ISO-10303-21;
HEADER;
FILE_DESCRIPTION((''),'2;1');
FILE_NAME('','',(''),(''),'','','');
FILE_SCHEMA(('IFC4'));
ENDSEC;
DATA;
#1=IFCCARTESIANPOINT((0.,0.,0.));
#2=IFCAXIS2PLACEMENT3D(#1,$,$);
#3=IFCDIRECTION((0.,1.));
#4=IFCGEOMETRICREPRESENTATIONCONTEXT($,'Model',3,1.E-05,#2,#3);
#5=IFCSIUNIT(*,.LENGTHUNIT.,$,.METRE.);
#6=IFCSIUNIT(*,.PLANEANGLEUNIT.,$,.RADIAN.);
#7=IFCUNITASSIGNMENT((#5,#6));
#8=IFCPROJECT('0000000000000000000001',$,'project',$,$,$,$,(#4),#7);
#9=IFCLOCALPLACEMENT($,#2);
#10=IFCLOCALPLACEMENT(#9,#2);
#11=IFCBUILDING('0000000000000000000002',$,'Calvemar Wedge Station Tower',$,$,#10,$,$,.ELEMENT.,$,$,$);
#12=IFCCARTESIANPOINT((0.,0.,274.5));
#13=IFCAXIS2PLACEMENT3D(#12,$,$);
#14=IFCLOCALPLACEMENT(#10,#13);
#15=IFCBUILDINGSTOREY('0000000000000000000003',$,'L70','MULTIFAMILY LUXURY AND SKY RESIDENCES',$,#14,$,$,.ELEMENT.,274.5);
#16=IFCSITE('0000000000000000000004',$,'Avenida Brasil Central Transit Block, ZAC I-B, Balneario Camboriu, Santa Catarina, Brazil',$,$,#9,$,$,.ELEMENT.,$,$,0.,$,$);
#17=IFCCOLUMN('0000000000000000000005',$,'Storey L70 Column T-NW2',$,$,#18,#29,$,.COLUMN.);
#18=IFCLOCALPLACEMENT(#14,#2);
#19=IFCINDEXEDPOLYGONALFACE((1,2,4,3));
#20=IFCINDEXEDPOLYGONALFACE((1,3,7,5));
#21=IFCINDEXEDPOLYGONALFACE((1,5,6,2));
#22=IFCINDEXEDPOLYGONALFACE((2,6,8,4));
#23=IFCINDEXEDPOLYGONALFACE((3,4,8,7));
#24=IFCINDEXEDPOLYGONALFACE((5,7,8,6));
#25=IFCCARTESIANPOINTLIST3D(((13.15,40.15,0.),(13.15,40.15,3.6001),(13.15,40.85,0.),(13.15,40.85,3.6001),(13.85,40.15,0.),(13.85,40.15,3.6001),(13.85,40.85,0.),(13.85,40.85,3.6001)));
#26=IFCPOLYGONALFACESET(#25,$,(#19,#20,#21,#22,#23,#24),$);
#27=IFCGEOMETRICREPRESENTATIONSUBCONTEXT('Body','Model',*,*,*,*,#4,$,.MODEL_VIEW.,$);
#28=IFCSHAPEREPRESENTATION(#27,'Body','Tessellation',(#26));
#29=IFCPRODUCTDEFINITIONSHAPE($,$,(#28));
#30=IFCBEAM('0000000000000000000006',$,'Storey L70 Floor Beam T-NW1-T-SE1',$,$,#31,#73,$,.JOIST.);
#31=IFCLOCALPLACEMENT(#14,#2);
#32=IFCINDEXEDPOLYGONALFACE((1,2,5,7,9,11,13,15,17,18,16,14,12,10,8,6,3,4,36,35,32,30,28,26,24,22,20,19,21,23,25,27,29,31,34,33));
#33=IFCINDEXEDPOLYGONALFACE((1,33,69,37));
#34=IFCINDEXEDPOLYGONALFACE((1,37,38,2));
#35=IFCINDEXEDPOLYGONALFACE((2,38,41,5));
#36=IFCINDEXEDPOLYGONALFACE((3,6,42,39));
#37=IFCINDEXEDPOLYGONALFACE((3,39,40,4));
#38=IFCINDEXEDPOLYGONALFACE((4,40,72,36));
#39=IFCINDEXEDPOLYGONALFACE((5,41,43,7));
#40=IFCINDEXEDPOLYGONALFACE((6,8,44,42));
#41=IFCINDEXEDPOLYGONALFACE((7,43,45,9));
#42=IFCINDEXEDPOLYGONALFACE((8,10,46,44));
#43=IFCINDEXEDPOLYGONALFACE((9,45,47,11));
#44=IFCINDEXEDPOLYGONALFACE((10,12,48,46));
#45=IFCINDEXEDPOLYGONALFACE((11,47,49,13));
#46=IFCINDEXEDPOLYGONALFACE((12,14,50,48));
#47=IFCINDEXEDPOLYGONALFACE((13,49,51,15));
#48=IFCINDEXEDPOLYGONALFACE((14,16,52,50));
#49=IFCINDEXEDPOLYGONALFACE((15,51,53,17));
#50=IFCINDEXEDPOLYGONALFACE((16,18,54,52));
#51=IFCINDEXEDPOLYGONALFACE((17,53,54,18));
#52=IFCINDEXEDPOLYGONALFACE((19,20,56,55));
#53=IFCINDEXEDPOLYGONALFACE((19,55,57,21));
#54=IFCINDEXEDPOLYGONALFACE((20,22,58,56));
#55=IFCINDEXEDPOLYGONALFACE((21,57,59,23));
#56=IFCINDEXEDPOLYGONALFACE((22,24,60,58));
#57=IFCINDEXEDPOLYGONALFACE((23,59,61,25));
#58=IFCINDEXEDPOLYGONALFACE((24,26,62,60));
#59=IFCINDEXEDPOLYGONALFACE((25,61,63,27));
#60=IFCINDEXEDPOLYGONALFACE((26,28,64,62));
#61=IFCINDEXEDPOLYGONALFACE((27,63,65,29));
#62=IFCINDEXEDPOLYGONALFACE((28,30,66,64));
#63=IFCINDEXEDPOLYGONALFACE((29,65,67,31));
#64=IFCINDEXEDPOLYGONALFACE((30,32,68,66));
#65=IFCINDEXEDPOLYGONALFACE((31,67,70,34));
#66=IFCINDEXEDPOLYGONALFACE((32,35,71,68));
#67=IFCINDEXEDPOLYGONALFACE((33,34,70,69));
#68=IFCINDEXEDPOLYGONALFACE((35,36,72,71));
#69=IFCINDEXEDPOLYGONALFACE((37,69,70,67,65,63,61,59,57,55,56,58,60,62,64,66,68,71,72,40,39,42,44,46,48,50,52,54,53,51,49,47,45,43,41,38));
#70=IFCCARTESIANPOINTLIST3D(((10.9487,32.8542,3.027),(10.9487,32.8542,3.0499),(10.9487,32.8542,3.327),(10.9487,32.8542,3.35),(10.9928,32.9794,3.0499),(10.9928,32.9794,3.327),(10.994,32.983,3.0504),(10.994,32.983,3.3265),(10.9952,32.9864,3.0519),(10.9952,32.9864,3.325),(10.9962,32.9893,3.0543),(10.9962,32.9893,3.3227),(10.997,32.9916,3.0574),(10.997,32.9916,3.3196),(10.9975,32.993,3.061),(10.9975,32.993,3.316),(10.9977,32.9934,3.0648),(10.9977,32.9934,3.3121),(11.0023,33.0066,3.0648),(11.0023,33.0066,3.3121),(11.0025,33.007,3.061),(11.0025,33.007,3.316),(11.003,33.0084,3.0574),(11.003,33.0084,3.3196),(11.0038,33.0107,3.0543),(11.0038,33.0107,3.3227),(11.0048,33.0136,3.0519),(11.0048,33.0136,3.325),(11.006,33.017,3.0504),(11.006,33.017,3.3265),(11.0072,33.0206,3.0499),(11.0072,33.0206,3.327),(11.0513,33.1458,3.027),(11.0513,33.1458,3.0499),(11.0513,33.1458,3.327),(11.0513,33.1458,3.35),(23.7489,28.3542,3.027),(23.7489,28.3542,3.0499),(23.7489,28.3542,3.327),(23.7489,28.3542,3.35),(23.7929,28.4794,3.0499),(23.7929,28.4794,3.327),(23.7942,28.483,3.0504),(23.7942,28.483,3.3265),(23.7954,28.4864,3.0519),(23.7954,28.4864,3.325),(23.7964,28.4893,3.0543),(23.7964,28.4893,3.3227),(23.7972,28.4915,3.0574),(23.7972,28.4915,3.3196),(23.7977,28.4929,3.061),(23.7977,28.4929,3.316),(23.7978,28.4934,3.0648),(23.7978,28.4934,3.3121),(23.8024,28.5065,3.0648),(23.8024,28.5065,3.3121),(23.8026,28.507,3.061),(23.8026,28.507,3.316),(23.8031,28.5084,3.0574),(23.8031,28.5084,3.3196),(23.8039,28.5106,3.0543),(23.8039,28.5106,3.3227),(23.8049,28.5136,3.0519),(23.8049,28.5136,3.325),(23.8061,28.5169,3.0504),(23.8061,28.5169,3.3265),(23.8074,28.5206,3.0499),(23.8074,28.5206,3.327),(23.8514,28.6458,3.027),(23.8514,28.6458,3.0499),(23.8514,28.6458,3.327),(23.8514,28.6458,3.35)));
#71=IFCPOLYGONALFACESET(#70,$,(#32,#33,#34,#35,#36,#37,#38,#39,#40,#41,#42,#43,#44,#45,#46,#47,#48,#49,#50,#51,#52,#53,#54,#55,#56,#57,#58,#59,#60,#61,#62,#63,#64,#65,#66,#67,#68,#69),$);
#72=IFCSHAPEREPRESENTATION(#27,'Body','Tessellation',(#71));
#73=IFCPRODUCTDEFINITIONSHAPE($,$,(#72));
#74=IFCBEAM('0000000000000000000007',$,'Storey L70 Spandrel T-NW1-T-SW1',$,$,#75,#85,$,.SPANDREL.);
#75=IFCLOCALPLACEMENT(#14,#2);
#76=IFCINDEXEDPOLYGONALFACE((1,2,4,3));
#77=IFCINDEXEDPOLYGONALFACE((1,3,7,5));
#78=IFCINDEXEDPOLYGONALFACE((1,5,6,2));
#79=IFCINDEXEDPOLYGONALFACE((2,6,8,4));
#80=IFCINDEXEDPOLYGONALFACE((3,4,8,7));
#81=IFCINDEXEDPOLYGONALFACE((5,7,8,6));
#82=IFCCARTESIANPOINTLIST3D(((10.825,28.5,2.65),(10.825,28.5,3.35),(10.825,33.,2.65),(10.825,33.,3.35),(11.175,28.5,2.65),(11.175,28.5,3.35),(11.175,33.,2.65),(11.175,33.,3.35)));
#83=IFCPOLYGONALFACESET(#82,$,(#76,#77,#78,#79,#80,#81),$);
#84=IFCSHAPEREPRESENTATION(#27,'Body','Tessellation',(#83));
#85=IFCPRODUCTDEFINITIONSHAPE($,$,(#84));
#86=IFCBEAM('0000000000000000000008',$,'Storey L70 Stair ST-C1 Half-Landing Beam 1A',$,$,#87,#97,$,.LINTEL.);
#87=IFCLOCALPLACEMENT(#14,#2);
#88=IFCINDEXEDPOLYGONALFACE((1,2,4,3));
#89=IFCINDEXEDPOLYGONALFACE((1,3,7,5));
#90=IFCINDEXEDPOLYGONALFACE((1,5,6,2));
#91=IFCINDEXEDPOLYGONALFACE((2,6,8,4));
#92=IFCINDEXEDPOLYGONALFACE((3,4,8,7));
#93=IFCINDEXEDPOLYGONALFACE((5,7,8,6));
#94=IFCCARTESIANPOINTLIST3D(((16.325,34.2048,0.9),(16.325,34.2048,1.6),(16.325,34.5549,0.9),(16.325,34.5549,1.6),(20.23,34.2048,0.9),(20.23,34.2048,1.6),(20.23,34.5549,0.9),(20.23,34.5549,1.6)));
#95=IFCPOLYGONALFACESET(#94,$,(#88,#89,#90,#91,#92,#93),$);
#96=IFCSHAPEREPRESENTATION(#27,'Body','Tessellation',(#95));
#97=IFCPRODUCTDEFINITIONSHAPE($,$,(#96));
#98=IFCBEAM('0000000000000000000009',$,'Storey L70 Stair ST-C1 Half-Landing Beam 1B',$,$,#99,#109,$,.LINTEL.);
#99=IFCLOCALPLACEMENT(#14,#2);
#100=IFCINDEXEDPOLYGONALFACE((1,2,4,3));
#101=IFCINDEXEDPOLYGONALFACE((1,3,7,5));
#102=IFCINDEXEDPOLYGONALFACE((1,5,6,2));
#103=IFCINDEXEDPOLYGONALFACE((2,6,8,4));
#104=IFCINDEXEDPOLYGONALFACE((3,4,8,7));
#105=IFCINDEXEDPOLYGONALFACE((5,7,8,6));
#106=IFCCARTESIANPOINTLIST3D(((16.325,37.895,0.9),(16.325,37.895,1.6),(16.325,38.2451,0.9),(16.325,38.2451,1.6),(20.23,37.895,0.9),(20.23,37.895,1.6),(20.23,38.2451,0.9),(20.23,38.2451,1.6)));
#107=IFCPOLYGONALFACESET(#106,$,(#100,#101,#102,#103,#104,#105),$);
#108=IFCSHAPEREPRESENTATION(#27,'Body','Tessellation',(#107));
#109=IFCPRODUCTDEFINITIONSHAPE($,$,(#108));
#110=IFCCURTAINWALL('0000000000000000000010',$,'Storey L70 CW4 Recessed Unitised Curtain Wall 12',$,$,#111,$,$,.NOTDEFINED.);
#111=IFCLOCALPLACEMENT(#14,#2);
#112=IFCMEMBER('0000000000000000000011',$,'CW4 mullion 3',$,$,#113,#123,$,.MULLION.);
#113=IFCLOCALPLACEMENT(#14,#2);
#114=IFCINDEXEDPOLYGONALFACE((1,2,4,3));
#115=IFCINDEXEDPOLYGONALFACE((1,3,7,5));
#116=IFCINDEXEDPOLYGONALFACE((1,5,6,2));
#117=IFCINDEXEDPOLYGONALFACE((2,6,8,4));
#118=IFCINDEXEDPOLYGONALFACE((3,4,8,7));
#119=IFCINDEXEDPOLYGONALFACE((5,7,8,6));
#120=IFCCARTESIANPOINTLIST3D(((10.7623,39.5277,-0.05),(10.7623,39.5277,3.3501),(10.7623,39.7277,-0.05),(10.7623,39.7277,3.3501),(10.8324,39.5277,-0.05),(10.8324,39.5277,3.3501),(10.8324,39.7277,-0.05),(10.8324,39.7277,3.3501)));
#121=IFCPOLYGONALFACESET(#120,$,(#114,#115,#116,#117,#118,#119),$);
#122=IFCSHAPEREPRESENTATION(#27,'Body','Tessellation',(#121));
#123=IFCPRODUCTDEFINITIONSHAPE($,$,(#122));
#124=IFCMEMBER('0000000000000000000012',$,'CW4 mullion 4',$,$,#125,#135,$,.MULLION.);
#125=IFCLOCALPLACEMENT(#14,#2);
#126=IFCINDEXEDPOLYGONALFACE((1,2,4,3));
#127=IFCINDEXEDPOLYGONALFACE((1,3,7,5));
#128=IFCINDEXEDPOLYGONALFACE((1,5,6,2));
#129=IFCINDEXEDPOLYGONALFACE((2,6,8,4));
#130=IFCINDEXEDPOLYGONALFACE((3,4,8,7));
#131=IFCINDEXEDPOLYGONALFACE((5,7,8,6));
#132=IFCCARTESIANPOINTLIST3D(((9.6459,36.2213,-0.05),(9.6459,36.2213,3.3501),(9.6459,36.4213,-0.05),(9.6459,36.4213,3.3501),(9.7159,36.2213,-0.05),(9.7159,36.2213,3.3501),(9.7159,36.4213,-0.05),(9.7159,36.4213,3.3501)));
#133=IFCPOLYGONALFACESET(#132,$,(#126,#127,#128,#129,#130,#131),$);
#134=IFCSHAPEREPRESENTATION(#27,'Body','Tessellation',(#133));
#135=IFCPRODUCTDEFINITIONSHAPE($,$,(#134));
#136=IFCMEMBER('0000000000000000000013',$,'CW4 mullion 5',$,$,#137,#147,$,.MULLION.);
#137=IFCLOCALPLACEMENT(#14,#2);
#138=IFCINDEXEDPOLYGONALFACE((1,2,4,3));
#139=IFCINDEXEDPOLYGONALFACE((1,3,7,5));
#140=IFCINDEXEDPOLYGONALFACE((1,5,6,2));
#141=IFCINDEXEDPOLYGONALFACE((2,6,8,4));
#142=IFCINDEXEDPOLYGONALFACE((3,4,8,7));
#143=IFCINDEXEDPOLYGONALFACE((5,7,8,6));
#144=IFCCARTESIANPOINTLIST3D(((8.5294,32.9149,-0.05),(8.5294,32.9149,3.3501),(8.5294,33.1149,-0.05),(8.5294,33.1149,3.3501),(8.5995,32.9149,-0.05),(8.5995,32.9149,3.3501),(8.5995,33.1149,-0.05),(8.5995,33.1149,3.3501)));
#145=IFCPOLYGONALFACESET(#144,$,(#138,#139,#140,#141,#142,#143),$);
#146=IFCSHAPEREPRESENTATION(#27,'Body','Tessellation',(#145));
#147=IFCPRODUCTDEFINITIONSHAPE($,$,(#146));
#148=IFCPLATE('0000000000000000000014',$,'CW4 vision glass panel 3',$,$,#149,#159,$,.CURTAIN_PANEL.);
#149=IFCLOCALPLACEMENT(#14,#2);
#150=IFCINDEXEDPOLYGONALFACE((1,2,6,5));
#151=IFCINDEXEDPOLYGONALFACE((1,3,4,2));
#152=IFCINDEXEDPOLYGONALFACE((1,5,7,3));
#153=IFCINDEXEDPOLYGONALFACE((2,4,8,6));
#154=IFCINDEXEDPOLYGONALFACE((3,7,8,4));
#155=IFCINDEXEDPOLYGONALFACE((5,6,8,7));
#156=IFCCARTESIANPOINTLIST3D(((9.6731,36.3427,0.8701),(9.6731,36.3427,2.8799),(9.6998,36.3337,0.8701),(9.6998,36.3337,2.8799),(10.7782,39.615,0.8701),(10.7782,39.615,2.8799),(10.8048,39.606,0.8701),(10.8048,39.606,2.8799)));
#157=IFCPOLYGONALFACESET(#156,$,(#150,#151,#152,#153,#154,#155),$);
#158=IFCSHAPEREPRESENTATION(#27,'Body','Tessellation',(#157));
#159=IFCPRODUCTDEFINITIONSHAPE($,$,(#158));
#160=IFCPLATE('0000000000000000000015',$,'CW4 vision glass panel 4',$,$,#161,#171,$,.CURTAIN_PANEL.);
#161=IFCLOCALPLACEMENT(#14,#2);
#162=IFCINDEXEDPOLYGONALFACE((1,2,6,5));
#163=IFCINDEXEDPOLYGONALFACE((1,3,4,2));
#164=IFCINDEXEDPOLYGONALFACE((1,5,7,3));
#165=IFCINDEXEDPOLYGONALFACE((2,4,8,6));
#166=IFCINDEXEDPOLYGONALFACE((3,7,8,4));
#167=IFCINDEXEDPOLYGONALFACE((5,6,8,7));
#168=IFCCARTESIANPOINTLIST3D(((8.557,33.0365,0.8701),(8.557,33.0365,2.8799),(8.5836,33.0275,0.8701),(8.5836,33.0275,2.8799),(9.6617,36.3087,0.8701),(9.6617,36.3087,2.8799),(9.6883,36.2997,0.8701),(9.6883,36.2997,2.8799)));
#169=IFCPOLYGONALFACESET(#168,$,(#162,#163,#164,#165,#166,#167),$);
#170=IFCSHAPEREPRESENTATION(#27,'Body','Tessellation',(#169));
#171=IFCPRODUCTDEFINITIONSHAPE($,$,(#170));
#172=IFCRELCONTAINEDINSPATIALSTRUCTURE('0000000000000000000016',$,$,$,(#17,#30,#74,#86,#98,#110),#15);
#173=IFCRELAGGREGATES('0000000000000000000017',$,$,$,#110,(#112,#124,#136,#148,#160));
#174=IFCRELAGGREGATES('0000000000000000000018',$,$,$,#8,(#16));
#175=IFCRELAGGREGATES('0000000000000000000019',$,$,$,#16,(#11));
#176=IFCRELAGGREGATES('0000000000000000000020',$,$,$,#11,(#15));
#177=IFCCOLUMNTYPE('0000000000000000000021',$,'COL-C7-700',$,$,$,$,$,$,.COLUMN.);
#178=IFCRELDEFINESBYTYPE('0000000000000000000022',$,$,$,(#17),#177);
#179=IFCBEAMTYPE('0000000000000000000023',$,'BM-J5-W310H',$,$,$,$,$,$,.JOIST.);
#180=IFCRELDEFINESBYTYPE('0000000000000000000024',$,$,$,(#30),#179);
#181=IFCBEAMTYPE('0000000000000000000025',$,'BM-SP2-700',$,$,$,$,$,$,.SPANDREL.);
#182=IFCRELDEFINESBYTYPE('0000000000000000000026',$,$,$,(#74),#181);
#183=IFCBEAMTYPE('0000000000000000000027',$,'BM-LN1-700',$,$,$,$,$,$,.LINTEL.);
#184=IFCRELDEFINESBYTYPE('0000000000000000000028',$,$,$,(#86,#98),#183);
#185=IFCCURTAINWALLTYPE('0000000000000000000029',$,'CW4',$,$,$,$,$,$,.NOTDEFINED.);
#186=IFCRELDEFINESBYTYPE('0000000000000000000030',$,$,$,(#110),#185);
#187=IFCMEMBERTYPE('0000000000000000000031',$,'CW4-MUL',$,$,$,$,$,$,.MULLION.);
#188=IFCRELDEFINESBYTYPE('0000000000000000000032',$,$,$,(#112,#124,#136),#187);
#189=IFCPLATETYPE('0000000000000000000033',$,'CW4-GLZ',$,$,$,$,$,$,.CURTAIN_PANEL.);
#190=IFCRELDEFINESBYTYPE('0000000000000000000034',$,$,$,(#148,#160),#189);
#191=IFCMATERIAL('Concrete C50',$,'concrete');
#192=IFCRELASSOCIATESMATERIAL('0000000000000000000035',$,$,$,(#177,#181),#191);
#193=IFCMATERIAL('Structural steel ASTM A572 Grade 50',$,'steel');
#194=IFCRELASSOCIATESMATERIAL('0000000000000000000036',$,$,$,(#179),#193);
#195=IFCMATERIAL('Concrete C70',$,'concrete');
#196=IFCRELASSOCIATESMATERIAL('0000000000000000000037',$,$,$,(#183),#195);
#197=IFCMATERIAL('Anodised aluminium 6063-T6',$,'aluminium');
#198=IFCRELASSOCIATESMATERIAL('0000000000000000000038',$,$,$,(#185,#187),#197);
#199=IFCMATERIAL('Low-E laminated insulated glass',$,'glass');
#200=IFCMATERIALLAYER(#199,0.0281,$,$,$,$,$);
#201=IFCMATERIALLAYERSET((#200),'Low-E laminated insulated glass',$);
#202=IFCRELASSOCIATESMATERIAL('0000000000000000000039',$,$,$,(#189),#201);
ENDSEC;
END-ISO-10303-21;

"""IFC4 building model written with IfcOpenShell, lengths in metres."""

from ifc_helpers import new_model, si_unit, direction, frame, frame_2d, origin, origin_2d, place, context, subcontext, project, spatial, rectangle, i_section, extrude, source, transform, mapped, material, layer, layer_set, material_profile, profile_set, type_object, element, aggregate, save


model = new_model("IFC4")

# Units and contexts
model_context = context("Model", 3, precision=1e-05, world=origin(), true_north=direction((0.0, 1.0)))
body_context = subcontext(model_context, "Body", "Model", "MODEL_VIEW")
ifc_project = project(units=[si_unit("LENGTHUNIT", "METRE"), si_unit("PLANEANGLEUNIT", "RADIAN")], contexts=[model_context])

# Site, building, storey
site_placement = place(None, origin())
site = spatial("IfcSite", under=ifc_project, at=site_placement, Name="Avenida Brasil Central Transit Block, ZAC I-B, Balneario Camboriu, Santa Catarina, Brazil", CompositionType="ELEMENT", RefElevation=0.0)
building_placement = place(site_placement, origin())
building = spatial("IfcBuilding", under=site, at=building_placement, Name="Calvemar Wedge Station Tower", CompositionType="ELEMENT")
storey_placement = place(building_placement, frame((0.0, 0.0, 274.5)))
storey = spatial("IfcBuildingStorey", under=building, at=storey_placement, Name="L70", Description="MULTIFAMILY LUXURY AND SKY RESIDENCES", CompositionType="ELEMENT", Elevation=274.5)

# Column
ifc_material_1 = material(Name="Concrete C50", Category="concrete")
ifc_material_profile_1 = material_profile(ifc_material_1, rectangle(XDim=0.7, YDim=0.7, at=origin_2d()), Name="RC700x700")
ifc_profile_set_1 = profile_set([ifc_material_profile_1], Name="Concrete C50")
column_type = type_object("IfcColumnType", Name="COL-C7-700", PredefinedType="COLUMN", material=ifc_profile_set_1)
shared_shape_1 = source(origin(), body_context, "Body", "SweptSolid", [
    extrude(rectangle(XDim=0.7, YDim=0.7, at=origin_2d()), origin(), (0.0, 0.0, 1.0), 3.6001),
])
column_placement = place(storey_placement, frame((13.5, 40.5, 0.0), z_axis=(0.0, 0.0, 1.0), x_axis=(1.0, 0.0, 0.0)))
element("IfcColumn", 1, at=column_placement, inside=storey, type_object=column_type, Name="Storey L70 Column T-NW2", PredefinedType="COLUMN", context=body_context, shape_type="MappedRepresentation", body=[
    mapped(shared_shape_1, transform((0.0, 0.0, 0.0), scale=1.0)),
])

# Beams
ifc_material_2 = material(Name="Structural steel ASTM A572 Grade 50", Category="steel")
ifc_material_profile_2 = material_profile(ifc_material_2, i_section(OverallWidth=0.3091, OverallDepth=0.323, WebThickness=0.0139, FlangeThickness=0.0229, FilletRadius=0.0149, at=origin_2d()), Name="W310x143")
ifc_profile_set_2 = profile_set([ifc_material_profile_2], Name="Structural steel ASTM A572 Grade 50")
beam_type_1 = type_object("IfcBeamType", Name="BM-J5-W310H", PredefinedType="JOIST", material=ifc_profile_set_2)
shared_shape_2 = source(origin(), body_context, "Body", "SweptSolid", [
    extrude(i_section(OverallWidth=0.3091, OverallDepth=0.323, WebThickness=0.0139, FlangeThickness=0.0229, FilletRadius=0.0149, at=origin_2d()), origin(), (0.0, 0.0, 1.0), 13.5681),
])
beam_1_placement = place(storey_placement, frame((11.0, 33.0, 3.1885), z_axis=(0.943398, -0.331662, 0.0), x_axis=(0.331662, 0.943398, 0.0)))
element("IfcBeam", 2, at=beam_1_placement, inside=storey, type_object=beam_type_1, Name="Storey L70 Floor Beam T-NW1-T-SE1", PredefinedType="JOIST", context=body_context, shape_type="MappedRepresentation", body=[
    mapped(shared_shape_2, transform((0.0, 0.0, 0.0), scale=1.0)),
])
ifc_material_profile_3 = material_profile(ifc_material_1, rectangle(XDim=0.3501, YDim=0.7, at=origin_2d()), Name="RC350x700")
ifc_profile_set_3 = profile_set([ifc_material_profile_3], Name="Concrete C50")
beam_type_2 = type_object("IfcBeamType", Name="BM-SP2-700", PredefinedType="SPANDREL", material=ifc_profile_set_3)
shared_shape_3 = source(origin(), body_context, "Body", "SweptSolid", [
    extrude(rectangle(XDim=0.3501, YDim=0.7, at=origin_2d()), origin(), (0.0, 0.0, 1.0), 4.5),
])
beam_2_placement = place(storey_placement, frame((11.0, 33.0, 3.0), z_axis=(0.0, -1.0, 0.0), x_axis=(1.0, 0.0, 0.0)))
element("IfcBeam", 3, at=beam_2_placement, inside=storey, type_object=beam_type_2, Name="Storey L70 Spandrel T-NW1-T-SW1", PredefinedType="SPANDREL", context=body_context, shape_type="MappedRepresentation", body=[
    mapped(shared_shape_3, transform((0.0, 0.0, 0.0), scale=1.0)),
])
ifc_material_3 = material(Name="Concrete C70", Category="concrete")
ifc_material_profile_4 = material_profile(ifc_material_3, rectangle(XDim=0.3501, YDim=0.7, at=origin_2d()), Name="RC350x700")
ifc_profile_set_4 = profile_set([ifc_material_profile_4], Name="Concrete C70")
beam_type_3 = type_object("IfcBeamType", Name="BM-LN1-700", PredefinedType="LINTEL", material=ifc_profile_set_4)
shared_shape_4 = source(origin(), body_context, "Body", "SweptSolid", [
    extrude(rectangle(XDim=0.3501, YDim=0.7, at=origin_2d()), origin(), (0.0, 0.0, 1.0), 3.905),
])
for number, where, z_axis, x_axis, name in (
    (4, (16.325, 34.3799, 1.25), (1.0, 0.0, 0.0), (0.0, 1.0, 0.0), "Storey L70 Stair ST-C1 Half-Landing Beam 1A"),
    (5, (16.325, 38.0701, 1.25), (1.0, 0.0, 0.0), (0.0, 1.0, 0.0), "Storey L70 Stair ST-C1 Half-Landing Beam 1B"),
):
    element("IfcBeam", number, at=place(storey_placement, frame(where, z_axis=z_axis, x_axis=x_axis)), inside=storey, type_object=beam_type_3, Name=name, PredefinedType="LINTEL", context=body_context, shape_type="MappedRepresentation", body=[
        mapped(shared_shape_4, transform((0.0, 0.0, 0.0), scale=1.0)),
    ])

# Curtain wall, members, plates
ifc_material_4 = material(Name="Anodised aluminium 6063-T6", Category="aluminium")
curtain_wall_type = type_object("IfcCurtainWallType", Name="CW4", PredefinedType="NOTDEFINED", material=ifc_material_4)
curtain_wall_placement = place(storey_placement, origin())
curtain_wall = element("IfcCurtainWall", 6, at=curtain_wall_placement, inside=storey, type_object=curtain_wall_type, Name="Storey L70 CW4 Recessed Unitised Curtain Wall 12", PredefinedType="NOTDEFINED")
ifc_material_profile_5 = material_profile(ifc_material_4, rectangle(XDim=0.0701, YDim=0.2, at=origin_2d()), Name="AL-MUL-70x200")
ifc_profile_set_5 = profile_set([ifc_material_profile_5], Name="Anodised aluminium 6063-T6")
member_type = type_object("IfcMemberType", Name="CW4-MUL", PredefinedType="MULLION", material=ifc_profile_set_5)
shared_shape_5 = source(origin(), body_context, "Body", "SweptSolid", [
    extrude(rectangle(XDim=0.0701, YDim=0.2, at=origin_2d()), origin(), (0.0, 0.0, 1.0), 3.4001),
])
member_1_placement = place(storey_placement, frame((10.7974, 39.6277, -0.05), z_axis=(0.0, 0.0, 1.0), x_axis=(1.0, 0.0, 0.0)))
member_1 = element("IfcMember", 7, at=member_1_placement, type_object=member_type, Name="CW4 mullion 3", PredefinedType="MULLION", context=body_context, shape_type="MappedRepresentation", body=[
    mapped(shared_shape_5, transform((0.0, 0.0, 0.0), scale=1.0)),
])
member_2_placement = place(storey_placement, frame((9.6809, 36.3213, -0.05), z_axis=(0.0, 0.0, 1.0), x_axis=(1.0, 0.0, 0.0)))
member_2 = element("IfcMember", 8, at=member_2_placement, type_object=member_type, Name="CW4 mullion 4", PredefinedType="MULLION", context=body_context, shape_type="MappedRepresentation", body=[
    mapped(shared_shape_5, transform((0.0, 0.0, 0.0), scale=1.0)),
])
member_3_placement = place(storey_placement, frame((8.5645, 33.0149, -0.05), z_axis=(0.0, 0.0, 1.0), x_axis=(1.0, 0.0, 0.0)))
member_3 = element("IfcMember", 9, at=member_3_placement, type_object=member_type, Name="CW4 mullion 5", PredefinedType="MULLION", context=body_context, shape_type="MappedRepresentation", body=[
    mapped(shared_shape_5, transform((0.0, 0.0, 0.0), scale=1.0)),
])
ifc_material_5 = material(Name="Low-E laminated insulated glass", Category="glass")
ifc_layer_1 = layer(ifc_material_5, 0.0281)
ifc_layer_set_1 = layer_set([ifc_layer_1], Name="Low-E laminated insulated glass")
plate_type_1 = type_object("IfcPlateType", Name="CW4-GLZ", PredefinedType="CURTAIN_PANEL", material=ifc_layer_set_1)
plate_1_placement = place(storey_placement, frame((10.7915, 39.6106, 0.8701), z_axis=(0.0, 0.0, 1.0), x_axis=(-0.319936, -0.947439, 0.0)))
plate_1 = element("IfcPlate", 10, at=plate_1_placement, type_object=plate_type_1, Name="CW4 vision glass panel 3", PredefinedType="CURTAIN_PANEL", context=body_context, shape_type="SweptSolid", body=[
    extrude(rectangle(XDim=3.4539, YDim=0.0281, at=frame_2d((1.7271, 0.0))), origin(), (0.0, 0.0, 1.0), 2.0098),
])
plate_2_placement = place(storey_placement, frame((9.675, 36.3042, 0.8701), z_axis=(0.0, 0.0, 1.0), x_axis=(-0.319873, -0.94746, 0.0)))
plate_2 = element("IfcPlate", 11, at=plate_2_placement, type_object=plate_type_1, Name="CW4 vision glass panel 4", PredefinedType="CURTAIN_PANEL", context=body_context, shape_type="SweptSolid", body=[
    extrude(rectangle(XDim=3.4536, YDim=0.0281, at=frame_2d((1.7268, 0.0))), origin(), (0.0, 0.0, 1.0), 2.0098),
])
aggregate(curtain_wall, [member_1, member_2, member_3, plate_1, plate_2])

save(model, "model.ifc")
